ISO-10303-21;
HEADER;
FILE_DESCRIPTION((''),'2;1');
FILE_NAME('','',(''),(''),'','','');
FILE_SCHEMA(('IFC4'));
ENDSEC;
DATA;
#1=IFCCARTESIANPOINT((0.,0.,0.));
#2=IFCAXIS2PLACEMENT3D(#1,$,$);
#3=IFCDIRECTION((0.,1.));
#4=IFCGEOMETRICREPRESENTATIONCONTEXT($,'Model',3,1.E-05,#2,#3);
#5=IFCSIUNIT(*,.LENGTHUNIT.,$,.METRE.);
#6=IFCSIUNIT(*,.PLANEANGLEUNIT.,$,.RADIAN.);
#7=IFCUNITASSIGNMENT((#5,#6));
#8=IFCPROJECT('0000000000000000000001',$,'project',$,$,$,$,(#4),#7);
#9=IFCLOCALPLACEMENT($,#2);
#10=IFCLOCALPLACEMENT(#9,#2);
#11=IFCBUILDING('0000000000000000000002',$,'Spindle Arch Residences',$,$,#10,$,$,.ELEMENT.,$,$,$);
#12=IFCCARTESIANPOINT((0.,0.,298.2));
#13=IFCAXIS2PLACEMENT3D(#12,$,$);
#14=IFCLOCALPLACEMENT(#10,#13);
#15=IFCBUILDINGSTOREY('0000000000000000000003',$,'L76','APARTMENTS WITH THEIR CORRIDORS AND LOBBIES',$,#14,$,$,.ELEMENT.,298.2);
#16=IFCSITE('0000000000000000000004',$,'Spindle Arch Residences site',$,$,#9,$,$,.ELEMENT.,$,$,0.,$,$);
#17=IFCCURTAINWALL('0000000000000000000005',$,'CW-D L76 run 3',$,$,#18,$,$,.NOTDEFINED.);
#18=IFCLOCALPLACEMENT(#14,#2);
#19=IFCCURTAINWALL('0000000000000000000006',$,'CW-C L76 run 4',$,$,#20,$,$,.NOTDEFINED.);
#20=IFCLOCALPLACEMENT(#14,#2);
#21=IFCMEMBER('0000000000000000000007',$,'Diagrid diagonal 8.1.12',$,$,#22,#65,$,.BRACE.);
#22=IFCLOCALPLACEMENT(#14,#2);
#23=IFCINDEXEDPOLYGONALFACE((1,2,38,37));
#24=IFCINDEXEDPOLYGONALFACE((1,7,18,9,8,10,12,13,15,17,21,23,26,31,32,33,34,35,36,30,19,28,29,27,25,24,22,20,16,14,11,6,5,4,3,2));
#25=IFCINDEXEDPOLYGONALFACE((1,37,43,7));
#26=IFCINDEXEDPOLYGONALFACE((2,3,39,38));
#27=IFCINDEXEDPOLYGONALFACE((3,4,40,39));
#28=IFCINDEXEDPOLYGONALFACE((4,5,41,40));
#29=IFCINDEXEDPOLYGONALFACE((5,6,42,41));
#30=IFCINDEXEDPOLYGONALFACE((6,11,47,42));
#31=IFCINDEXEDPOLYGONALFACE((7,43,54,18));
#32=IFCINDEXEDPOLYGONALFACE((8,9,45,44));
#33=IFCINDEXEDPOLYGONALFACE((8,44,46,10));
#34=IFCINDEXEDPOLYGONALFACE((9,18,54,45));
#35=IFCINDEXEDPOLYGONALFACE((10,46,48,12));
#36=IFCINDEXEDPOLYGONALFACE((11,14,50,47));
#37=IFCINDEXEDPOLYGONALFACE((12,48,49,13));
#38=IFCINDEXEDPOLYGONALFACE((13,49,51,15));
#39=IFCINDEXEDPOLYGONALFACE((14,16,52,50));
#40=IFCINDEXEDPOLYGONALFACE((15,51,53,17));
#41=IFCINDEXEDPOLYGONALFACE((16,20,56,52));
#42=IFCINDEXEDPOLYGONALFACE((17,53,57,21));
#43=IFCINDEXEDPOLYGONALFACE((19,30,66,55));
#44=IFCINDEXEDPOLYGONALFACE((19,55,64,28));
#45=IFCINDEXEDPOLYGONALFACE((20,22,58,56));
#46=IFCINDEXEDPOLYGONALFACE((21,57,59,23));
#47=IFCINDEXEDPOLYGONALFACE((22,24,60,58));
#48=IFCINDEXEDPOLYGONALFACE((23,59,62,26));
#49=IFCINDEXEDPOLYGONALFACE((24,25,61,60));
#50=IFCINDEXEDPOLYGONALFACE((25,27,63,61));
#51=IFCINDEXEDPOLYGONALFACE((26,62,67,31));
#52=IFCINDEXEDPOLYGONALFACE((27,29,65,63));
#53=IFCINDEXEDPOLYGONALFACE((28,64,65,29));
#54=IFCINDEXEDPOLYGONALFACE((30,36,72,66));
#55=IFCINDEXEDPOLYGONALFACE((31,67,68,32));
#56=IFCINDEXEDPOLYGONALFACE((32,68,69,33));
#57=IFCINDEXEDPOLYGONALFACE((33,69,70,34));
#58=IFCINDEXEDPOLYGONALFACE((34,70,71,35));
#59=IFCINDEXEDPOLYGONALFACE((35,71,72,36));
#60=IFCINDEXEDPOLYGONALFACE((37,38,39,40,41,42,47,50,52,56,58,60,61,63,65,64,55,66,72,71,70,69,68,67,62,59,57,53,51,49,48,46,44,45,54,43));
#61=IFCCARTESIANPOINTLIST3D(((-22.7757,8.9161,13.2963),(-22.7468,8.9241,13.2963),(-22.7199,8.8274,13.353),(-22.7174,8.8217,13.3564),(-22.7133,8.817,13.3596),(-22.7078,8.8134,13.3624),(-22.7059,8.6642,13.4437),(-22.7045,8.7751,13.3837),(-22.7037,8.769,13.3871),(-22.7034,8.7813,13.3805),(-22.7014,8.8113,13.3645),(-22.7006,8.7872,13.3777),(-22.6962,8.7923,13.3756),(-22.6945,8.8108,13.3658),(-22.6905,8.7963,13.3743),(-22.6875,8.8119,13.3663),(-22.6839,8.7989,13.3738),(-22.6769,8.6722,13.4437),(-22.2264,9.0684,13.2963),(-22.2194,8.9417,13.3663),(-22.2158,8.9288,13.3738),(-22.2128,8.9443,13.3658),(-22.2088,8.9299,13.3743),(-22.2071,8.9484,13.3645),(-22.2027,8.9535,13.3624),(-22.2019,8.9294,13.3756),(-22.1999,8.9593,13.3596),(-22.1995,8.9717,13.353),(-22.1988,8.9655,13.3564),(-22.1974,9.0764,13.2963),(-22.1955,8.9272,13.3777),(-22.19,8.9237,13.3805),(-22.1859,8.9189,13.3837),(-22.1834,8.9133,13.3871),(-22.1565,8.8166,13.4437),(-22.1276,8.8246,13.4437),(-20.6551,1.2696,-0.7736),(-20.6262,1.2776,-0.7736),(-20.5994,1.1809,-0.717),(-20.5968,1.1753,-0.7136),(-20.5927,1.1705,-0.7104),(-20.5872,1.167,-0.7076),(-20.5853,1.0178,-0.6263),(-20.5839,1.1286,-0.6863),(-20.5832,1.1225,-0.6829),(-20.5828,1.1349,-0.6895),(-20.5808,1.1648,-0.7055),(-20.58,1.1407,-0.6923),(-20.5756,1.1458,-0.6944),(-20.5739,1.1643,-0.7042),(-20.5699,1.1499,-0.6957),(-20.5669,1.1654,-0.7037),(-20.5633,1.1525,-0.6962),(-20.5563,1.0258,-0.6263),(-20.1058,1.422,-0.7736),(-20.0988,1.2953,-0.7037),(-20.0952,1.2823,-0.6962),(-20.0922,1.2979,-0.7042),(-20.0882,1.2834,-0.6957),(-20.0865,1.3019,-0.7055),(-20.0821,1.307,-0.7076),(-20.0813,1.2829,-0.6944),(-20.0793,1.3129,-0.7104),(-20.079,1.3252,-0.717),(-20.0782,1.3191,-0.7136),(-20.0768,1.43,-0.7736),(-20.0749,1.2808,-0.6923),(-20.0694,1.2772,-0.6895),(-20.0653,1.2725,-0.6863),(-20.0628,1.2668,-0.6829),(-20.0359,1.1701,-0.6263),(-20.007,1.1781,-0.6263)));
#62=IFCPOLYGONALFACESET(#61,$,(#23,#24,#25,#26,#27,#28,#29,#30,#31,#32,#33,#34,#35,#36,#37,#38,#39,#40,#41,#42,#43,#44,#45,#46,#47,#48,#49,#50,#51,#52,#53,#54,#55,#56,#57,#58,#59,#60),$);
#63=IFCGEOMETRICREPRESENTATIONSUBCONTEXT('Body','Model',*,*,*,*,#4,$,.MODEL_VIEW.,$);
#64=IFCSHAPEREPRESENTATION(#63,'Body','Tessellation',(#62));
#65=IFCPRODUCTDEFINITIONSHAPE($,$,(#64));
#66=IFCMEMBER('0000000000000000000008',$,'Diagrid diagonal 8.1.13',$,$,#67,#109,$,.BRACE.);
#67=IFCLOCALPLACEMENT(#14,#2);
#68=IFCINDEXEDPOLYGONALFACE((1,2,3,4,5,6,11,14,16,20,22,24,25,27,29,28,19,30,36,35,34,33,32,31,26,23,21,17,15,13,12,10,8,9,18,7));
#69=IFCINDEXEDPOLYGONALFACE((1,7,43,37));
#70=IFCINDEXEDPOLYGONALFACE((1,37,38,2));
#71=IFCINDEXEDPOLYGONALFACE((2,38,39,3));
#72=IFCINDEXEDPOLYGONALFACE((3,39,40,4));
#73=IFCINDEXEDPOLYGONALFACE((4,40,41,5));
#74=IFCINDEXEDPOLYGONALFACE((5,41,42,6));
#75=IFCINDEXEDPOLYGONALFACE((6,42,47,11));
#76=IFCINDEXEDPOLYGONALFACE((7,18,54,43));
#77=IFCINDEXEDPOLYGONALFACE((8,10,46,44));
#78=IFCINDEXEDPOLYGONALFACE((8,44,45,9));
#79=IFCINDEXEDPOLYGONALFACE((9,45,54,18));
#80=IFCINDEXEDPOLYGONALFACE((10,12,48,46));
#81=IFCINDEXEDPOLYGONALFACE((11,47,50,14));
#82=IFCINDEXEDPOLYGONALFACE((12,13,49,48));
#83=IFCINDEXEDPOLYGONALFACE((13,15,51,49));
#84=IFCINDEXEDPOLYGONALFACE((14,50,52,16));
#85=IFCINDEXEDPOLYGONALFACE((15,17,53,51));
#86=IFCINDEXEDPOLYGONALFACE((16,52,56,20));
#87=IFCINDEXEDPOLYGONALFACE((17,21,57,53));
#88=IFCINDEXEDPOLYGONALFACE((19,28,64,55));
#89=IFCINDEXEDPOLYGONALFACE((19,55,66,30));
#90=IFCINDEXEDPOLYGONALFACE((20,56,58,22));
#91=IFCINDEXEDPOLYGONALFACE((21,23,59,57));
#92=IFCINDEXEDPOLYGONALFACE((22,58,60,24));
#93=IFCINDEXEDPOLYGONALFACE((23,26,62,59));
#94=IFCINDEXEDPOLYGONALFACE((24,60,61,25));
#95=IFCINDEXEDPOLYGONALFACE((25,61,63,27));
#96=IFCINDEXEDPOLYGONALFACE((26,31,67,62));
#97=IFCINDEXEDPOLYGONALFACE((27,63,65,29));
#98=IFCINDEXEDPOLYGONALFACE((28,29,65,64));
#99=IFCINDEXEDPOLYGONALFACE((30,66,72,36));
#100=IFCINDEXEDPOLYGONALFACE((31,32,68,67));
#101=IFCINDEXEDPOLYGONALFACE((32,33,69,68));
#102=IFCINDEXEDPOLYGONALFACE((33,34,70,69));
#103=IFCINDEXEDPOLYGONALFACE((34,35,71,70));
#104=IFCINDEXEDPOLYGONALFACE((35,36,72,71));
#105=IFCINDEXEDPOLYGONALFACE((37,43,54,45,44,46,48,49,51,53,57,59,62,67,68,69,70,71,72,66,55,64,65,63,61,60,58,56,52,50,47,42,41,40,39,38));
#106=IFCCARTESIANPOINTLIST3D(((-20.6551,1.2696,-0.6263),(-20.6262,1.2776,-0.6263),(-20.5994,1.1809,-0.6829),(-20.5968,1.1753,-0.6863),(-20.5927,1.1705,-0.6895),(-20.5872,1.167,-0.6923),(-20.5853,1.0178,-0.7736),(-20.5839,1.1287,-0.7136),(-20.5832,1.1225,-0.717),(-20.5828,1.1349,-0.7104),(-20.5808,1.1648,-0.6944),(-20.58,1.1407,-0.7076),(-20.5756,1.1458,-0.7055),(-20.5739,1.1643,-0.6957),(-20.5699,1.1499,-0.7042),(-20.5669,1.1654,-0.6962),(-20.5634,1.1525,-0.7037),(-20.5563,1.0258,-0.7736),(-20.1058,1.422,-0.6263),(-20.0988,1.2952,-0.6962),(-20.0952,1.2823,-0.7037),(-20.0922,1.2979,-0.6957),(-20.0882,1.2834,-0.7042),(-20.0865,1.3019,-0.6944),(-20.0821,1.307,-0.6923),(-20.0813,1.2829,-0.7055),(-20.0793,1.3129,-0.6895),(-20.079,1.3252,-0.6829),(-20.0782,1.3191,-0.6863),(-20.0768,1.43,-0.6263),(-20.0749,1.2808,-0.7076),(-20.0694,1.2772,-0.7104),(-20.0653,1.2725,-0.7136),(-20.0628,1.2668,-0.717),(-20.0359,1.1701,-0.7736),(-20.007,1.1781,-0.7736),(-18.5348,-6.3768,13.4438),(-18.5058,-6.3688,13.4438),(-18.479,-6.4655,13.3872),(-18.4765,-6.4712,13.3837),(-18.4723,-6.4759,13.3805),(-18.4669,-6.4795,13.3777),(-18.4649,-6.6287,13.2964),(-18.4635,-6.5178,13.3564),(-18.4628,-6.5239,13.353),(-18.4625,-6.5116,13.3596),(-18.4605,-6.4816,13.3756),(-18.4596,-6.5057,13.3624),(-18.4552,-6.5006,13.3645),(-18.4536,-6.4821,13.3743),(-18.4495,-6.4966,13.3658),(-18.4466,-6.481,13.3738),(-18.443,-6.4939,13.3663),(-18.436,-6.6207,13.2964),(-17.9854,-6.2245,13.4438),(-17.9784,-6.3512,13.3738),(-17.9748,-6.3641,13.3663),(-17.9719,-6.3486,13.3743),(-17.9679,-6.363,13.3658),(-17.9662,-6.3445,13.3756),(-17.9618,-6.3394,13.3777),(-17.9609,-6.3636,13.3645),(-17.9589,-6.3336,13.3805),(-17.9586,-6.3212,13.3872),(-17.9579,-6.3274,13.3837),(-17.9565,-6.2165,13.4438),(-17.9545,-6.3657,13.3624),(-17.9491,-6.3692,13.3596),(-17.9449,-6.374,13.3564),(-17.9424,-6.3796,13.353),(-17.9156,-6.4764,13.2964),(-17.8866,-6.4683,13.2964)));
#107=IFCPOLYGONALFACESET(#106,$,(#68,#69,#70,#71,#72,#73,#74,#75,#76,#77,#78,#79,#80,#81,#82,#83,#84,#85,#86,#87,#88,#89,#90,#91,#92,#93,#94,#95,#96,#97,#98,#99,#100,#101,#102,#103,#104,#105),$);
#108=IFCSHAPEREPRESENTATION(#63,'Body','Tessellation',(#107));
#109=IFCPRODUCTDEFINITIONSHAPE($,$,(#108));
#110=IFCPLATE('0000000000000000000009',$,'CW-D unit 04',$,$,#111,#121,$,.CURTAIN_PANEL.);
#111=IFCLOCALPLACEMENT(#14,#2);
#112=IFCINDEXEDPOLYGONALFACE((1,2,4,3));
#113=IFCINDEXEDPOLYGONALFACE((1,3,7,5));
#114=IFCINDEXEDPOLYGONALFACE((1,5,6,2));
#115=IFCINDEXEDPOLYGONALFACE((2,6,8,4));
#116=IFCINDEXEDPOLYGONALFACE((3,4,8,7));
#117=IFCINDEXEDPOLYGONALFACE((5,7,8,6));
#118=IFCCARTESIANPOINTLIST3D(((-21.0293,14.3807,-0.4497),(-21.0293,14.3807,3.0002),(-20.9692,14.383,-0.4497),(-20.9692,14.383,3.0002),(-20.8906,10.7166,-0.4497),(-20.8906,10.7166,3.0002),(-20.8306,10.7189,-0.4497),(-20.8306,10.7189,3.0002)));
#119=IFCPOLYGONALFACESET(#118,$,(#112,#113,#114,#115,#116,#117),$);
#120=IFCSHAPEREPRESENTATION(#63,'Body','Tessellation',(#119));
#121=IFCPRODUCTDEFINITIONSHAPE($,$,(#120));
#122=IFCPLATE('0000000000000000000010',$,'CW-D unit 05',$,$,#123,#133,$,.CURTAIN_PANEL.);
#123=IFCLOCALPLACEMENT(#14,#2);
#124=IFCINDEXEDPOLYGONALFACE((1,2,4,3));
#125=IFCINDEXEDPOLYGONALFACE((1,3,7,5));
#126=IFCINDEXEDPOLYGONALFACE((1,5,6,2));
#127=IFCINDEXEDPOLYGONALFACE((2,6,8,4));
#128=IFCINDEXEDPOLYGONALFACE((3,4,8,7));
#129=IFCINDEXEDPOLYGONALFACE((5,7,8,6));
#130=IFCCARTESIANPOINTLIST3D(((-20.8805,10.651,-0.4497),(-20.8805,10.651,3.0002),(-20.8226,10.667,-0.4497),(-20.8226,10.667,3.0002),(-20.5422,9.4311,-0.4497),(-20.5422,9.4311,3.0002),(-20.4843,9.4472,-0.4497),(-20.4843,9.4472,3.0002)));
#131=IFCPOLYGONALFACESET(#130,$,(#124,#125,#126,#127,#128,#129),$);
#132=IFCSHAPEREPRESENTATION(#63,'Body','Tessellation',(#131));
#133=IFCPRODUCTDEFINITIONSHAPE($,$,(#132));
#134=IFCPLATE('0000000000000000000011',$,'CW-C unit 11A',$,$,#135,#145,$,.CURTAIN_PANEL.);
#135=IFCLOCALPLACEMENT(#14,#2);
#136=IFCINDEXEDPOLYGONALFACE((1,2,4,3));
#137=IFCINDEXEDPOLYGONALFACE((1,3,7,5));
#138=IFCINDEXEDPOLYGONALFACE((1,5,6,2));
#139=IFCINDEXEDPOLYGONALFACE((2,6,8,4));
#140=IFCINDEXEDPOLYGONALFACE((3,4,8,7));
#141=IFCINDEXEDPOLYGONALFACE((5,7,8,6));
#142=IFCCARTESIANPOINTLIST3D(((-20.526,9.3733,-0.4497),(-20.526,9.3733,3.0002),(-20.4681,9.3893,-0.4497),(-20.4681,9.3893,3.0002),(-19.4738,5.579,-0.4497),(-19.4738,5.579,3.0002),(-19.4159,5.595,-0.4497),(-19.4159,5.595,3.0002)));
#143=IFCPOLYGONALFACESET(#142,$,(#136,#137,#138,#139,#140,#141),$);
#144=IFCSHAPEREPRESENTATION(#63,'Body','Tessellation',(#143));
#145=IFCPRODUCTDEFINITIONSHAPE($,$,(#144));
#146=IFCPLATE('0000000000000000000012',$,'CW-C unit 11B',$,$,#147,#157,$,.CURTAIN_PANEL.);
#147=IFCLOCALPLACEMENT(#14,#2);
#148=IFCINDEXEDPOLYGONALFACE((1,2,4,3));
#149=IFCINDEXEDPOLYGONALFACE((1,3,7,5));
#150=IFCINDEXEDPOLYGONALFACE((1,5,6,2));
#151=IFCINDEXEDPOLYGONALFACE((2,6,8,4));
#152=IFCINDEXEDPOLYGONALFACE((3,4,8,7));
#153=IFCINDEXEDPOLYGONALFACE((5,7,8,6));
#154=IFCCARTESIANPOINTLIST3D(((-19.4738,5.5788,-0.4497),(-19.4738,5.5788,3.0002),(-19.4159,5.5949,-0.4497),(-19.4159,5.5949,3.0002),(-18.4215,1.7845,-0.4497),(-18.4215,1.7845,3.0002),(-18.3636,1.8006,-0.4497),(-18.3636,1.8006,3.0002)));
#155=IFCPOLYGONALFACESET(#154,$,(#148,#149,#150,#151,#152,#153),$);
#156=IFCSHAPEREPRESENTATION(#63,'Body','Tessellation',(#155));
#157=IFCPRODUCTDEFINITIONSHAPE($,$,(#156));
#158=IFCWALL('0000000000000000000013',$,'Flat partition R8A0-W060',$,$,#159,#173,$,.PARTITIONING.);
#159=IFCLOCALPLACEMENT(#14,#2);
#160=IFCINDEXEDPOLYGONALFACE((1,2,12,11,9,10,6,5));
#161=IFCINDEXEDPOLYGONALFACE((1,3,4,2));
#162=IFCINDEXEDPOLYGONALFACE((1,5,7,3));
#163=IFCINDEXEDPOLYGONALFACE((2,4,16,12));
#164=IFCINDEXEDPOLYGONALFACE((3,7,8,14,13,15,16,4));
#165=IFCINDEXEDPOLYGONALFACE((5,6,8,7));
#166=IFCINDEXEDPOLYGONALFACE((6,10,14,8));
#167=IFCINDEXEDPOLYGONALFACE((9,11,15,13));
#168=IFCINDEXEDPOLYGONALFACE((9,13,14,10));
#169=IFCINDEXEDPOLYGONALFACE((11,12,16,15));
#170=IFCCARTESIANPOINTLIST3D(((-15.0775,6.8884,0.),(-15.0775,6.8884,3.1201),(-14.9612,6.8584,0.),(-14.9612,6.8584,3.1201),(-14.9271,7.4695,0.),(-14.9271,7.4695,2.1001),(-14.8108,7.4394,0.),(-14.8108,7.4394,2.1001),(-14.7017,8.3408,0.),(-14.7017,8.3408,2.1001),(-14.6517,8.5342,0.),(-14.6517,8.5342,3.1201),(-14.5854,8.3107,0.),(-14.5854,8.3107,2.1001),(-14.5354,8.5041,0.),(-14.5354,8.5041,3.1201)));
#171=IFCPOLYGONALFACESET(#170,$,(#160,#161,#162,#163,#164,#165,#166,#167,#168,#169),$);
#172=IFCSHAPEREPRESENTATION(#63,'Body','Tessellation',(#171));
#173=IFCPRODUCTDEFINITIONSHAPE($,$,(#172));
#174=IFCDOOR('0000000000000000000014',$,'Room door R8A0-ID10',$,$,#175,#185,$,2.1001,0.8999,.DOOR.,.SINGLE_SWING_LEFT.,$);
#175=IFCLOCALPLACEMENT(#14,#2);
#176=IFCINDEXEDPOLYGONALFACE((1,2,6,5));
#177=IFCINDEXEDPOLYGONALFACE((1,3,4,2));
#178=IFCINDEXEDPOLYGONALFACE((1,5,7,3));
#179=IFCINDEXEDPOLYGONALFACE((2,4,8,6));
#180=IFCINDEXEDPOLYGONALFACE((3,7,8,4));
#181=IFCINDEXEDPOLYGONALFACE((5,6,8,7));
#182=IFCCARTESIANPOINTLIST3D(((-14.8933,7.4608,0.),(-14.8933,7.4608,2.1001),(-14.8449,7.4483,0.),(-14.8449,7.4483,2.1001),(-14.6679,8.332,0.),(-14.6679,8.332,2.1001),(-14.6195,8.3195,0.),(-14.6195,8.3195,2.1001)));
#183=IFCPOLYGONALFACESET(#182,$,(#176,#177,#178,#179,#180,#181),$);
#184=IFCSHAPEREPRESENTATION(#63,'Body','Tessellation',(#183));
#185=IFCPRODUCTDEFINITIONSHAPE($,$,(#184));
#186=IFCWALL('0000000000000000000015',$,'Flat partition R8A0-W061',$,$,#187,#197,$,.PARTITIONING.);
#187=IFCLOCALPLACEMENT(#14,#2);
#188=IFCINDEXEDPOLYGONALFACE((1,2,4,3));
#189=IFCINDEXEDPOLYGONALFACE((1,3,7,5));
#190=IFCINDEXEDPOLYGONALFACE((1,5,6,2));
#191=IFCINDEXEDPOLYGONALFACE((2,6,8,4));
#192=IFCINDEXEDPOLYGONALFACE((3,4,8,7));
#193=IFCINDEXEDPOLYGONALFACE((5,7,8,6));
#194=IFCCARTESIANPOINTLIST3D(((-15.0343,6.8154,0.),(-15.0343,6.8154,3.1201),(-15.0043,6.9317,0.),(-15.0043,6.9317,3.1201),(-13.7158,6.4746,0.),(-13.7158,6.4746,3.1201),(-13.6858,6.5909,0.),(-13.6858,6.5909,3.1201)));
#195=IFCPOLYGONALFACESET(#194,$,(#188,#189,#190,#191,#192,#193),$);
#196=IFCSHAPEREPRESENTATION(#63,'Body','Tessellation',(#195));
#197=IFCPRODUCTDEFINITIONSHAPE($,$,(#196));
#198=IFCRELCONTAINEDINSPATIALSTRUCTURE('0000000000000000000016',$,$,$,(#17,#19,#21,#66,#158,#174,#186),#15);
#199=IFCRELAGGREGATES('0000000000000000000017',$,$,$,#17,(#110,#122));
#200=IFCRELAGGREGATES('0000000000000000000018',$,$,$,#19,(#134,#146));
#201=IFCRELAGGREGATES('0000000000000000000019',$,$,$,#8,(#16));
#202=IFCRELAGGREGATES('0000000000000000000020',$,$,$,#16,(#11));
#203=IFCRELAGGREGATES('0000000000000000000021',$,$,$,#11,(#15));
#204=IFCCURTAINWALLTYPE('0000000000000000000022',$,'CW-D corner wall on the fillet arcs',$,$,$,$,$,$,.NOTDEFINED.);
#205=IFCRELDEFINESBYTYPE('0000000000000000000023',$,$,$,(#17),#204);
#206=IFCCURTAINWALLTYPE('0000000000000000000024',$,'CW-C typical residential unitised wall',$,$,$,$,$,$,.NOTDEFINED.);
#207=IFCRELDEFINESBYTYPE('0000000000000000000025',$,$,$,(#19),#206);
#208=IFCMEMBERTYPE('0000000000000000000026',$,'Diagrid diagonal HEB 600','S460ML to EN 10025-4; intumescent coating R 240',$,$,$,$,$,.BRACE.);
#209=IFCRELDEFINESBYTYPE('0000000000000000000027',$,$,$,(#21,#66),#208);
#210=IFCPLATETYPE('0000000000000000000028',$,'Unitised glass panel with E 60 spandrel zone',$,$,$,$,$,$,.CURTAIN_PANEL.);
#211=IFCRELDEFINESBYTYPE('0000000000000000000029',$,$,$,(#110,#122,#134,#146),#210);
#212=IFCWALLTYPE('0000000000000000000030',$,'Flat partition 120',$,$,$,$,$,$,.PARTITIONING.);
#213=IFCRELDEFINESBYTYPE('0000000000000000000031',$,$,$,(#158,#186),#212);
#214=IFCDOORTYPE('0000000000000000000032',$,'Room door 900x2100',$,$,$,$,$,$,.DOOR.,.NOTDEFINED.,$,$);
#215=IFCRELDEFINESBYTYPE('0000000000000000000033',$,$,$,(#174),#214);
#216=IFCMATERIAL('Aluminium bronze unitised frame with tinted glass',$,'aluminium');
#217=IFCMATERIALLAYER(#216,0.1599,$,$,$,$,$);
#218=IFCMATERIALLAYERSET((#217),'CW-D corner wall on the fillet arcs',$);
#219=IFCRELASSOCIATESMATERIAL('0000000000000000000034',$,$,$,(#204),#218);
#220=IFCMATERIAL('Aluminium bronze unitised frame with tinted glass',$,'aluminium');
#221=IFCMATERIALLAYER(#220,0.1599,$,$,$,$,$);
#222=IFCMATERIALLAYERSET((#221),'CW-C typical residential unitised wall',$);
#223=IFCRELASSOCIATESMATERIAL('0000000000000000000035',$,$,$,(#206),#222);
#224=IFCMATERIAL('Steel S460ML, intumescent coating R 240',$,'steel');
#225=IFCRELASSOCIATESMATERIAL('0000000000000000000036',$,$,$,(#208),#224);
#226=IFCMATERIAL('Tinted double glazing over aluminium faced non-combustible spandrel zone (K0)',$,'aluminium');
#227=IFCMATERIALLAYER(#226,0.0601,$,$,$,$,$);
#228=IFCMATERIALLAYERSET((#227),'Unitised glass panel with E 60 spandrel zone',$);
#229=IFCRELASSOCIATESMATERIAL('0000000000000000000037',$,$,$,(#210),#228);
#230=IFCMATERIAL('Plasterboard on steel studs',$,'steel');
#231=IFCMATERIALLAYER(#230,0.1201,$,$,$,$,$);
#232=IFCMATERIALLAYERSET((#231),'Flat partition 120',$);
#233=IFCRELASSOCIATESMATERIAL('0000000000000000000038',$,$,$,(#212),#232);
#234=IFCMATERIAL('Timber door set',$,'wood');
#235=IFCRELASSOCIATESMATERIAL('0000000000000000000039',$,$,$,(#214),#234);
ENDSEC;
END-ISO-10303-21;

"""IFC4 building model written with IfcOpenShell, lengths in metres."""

from ifc_helpers import new_model, si_unit, direction, frame, frame_2d, origin, origin_2d, place, context, subcontext, project, spatial, rectangle, i_section, extrude, material, layer, layer_set, material_profile, profile_set, type_object, element, fill, aggregate, save


model = new_model("IFC4")

# Units and contexts
model_context = context("Model", 3, precision=1e-05, world=origin(), true_north=direction((0.0, 1.0)))
body_context = subcontext(model_context, "Body", "Model", "MODEL_VIEW")
ifc_project = project(units=[si_unit("LENGTHUNIT", "METRE"), si_unit("PLANEANGLEUNIT", "RADIAN")], contexts=[model_context])

# Site, building, storey
site_placement = place(None, origin())
site = spatial("IfcSite", under=ifc_project, at=site_placement, Name="Spindle Arch Residences site", CompositionType="ELEMENT", RefElevation=0.0)
building_placement = place(site_placement, origin())
building = spatial("IfcBuilding", under=site, at=building_placement, Name="Spindle Arch Residences", CompositionType="ELEMENT")
storey_placement = place(building_placement, frame((0.0, 0.0, 298.2)))
storey = spatial("IfcBuildingStorey", under=building, at=storey_placement, Name="L76", Description="APARTMENTS WITH THEIR CORRIDORS AND LOBBIES", CompositionType="ELEMENT", Elevation=298.2)

# Curtain wall
ifc_material_1 = material(Name="Aluminium bronze unitised frame with tinted glass", Category="aluminium")
ifc_layer_1 = layer(ifc_material_1, 0.1599)
ifc_layer_set_1 = layer_set([ifc_layer_1], Name="CW-D corner wall on the fillet arcs")
curtain_wall_type_1 = type_object("IfcCurtainWallType", Name="CW-D corner wall on the fillet arcs", PredefinedType="NOTDEFINED", material=ifc_layer_set_1)
curtain_wall_1_placement = place(storey_placement, origin())
curtain_wall_1 = element("IfcCurtainWall", 1, at=curtain_wall_1_placement, inside=storey, type_object=curtain_wall_type_1, Name="CW-D L76 run 3", PredefinedType="NOTDEFINED")

# Curtain wall
ifc_material_2 = material(Name="Aluminium bronze unitised frame with tinted glass", Category="aluminium")
ifc_layer_2 = layer(ifc_material_2, 0.1599)
ifc_layer_set_2 = layer_set([ifc_layer_2], Name="CW-C typical residential unitised wall")
curtain_wall_type_2 = type_object("IfcCurtainWallType", Name="CW-C typical residential unitised wall", PredefinedType="NOTDEFINED", material=ifc_layer_set_2)
curtain_wall_2_placement = place(storey_placement, origin())
curtain_wall_2 = element("IfcCurtainWall", 2, at=curtain_wall_2_placement, inside=storey, type_object=curtain_wall_type_2, Name="CW-C L76 run 4", PredefinedType="NOTDEFINED")

# Members
ifc_material_3 = material(Name="Steel S460ML, intumescent coating R 240", Category="steel")
ifc_material_profile_1 = material_profile(ifc_material_3, i_section(OverallWidth=0.3, OverallDepth=0.6001, WebThickness=0.0154, FlangeThickness=0.03, FilletRadius=0.0271, at=origin_2d()), Name="HEB 600")
ifc_profile_set_1 = profile_set([ifc_material_profile_1], Name="Steel S460ML, intumescent coating R 240")
member_type_1 = type_object("IfcMemberType", Name="Diagrid diagonal HEB 600", Description="S460ML to EN 10025-4; intumescent coating R 240", PredefinedType="BRACE", material=ifc_profile_set_1)
for number, where, z_axis, x_axis, name in (
    (3, (-20.3311, 1.2239, -0.7), (-0.131279, 0.473367, 0.871028), (0.232777, -0.839348, 0.491233), "Diagrid diagonal 8.1.12"),
    (4, (-20.3311, 1.2239, -0.7), (0.131264, -0.473368, 0.87103), (-0.232753, 0.839356, 0.49123), "Diagrid diagonal 8.1.13"),
):
    element("IfcMember", number, at=place(storey_placement, frame(where, z_axis=z_axis, x_axis=x_axis)), inside=storey, type_object=member_type_1, Name=name, PredefinedType="BRACE", context=body_context, shape_type="SweptSolid", body=[
        extrude(i_section(OverallWidth=0.3, OverallDepth=0.6001, WebThickness=0.0154, FlangeThickness=0.03, FilletRadius=0.0271, at=origin_2d()), origin(), (0.0, 0.0, 1.0), 16.1533),
    ])

# Plates
ifc_material_4 = material(Name="Tinted double glazing over aluminium faced non-combustible spandrel zone (K0)", Category="aluminium")
ifc_layer_3 = layer(ifc_material_4, 0.0601)
ifc_layer_set_3 = layer_set([ifc_layer_3], Name="Unitised glass panel with E 60 spandrel zone")
plate_type = type_object("IfcPlateType", Name="Unitised glass panel with E 60 spandrel zone", PredefinedType="CURTAIN_PANEL", material=ifc_layer_set_3)
plate_1_placement = place(storey_placement, frame((-20.9299, 12.5498, -0.4497), z_axis=(0.0, 0.0, 1.0), x_axis=(0.037806, -0.999285, 0.0)))
plate_1 = element("IfcPlate", 5, at=plate_1_placement, type_object=plate_type, Name="CW-D unit 04", PredefinedType="CURTAIN_PANEL", context=body_context, shape_type="SweptSolid", body=[
    extrude(rectangle(XDim=3.6667, YDim=0.0601, at=origin_2d()), origin(), (0.0, 0.0, 1.0), 3.45),
])
plate_2_placement = place(storey_placement, frame((-20.6824, 10.0491, -0.4497), z_axis=(0.0, 0.0, 1.0), x_axis=(0.267238, -0.96363, 0.0)))
plate_2 = element("IfcPlate", 6, at=plate_2_placement, type_object=plate_type, Name="CW-D unit 05", PredefinedType="CURTAIN_PANEL", context=body_context, shape_type="SweptSolid", body=[
    extrude(rectangle(XDim=1.2659, YDim=0.0601, at=origin_2d()), origin(), (0.0, 0.0, 1.0), 3.45),
])
aggregate(curtain_wall_1, [plate_1, plate_2])
plate_3_placement = place(storey_placement, frame((-19.9709, 7.4841, -0.4497), z_axis=(0.0, 0.0, 1.0), x_axis=(0.267238, -0.96363, 0.0)))
plate_3 = element("IfcPlate", 7, at=plate_3_placement, type_object=plate_type, Name="CW-C unit 11A", PredefinedType="CURTAIN_PANEL", context=body_context, shape_type="SweptSolid", body=[
    extrude(rectangle(XDim=3.9375, YDim=0.0601, at=origin_2d()), origin(), (0.0, 0.0, 1.0), 3.45),
])
plate_4_placement = place(storey_placement, frame((-18.9187, 3.6897, -0.4497), z_axis=(0.0, 0.0, 1.0), x_axis=(0.267238, -0.96363, 0.0)))
plate_4 = element("IfcPlate", 8, at=plate_4_placement, type_object=plate_type, Name="CW-C unit 11B", PredefinedType="CURTAIN_PANEL", context=body_context, shape_type="SweptSolid", body=[
    extrude(rectangle(XDim=3.9375, YDim=0.0601, at=origin_2d()), origin(), (0.0, 0.0, 1.0), 3.45),
])
aggregate(curtain_wall_2, [plate_3, plate_4])

# Wall, opening, door
ifc_material_5 = material(Name="Plasterboard on steel studs", Category="steel")
ifc_layer_4 = layer(ifc_material_5, 0.1201)
ifc_layer_set_4 = layer_set([ifc_layer_4], Name="Flat partition 120")
wall_type = type_object("IfcWallType", Name="Flat partition 120", PredefinedType="PARTITIONING", material=ifc_layer_set_4)
wall_1_placement = place(storey_placement, frame((-14.5935, 8.5193, 0.0), z_axis=(0.0, 0.0, 1.0), x_axis=(-0.250469, -0.968125, 0.0)))
wall_1 = element("IfcWall", 9, at=wall_1_placement, inside=storey, type_object=wall_type, Name="Flat partition R8A0-W060", PredefinedType="PARTITIONING", context=body_context, shape_type="SweptSolid", body=[
    extrude(rectangle(XDim=1.7, YDim=0.1201, at=frame_2d((0.8501, 0.0))), origin(), (0.0, 0.0, 1.0), 3.1201),
])
opening_1_placement = place(wall_1_placement, frame((0.2, 0.0, 0.0)))
opening_1 = element("IfcOpeningElement", 10, at=opening_1_placement, cuts=wall_1, PredefinedType="OPENING", context=body_context, shape_type="SweptSolid", body=[
    extrude(rectangle(XDim=0.8999, YDim=2.1001, at=frame_2d((0.45, 1.05))), frame((0.0, 0.0701, 0.0), z_axis=(0.0, -1.0, 0.0), x_axis=(1.0, 0.0, 0.0)), (0.0, 0.0, 1.0), 0.1401),
])
ifc_material_6 = material(Name="Timber door set", Category="wood")
door_type_1 = type_object("IfcDoorType", Name="Room door 900x2100", OperationType="NOTDEFINED", PredefinedType="DOOR", material=ifc_material_6)
door_1_placement = place(opening_1_placement, origin())
door_1 = element("IfcDoor", 11, at=door_1_placement, inside=storey, type_object=door_type_1, Name="Room door R8A0-ID10", OperationType="SINGLE_SWING_LEFT", OverallHeight=2.1001, OverallWidth=0.8999, PredefinedType="DOOR", context=body_context, shape_type="SweptSolid", body=[
    extrude(rectangle(XDim=0.8999, YDim=2.1001, at=frame_2d((0.45, 1.05))), frame((0.0, 0.0249, 0.0), z_axis=(0.0, -1.0, 0.0), x_axis=(1.0, 0.0, 0.0)), (0.0, 0.0, 1.0), 0.05),
])
fill(opening_1, door_1)

# Wall
wall_2_placement = place(storey_placement, frame((-15.0193, 6.8735, 0.0), z_axis=(0.0, 0.0, 1.0), x_axis=(0.968182, -0.250247, 0.0)))
element("IfcWall", 12, at=wall_2_placement, inside=storey, type_object=wall_type, Name="Flat partition R8A0-W061", PredefinedType="PARTITIONING", context=body_context, shape_type="SweptSolid", body=[
    extrude(rectangle(XDim=1.3618, YDim=0.1201, at=frame_2d((0.6809, 0.0))), origin(), (0.0, 0.0, 1.0), 3.1201),
])

save(model, "model.ifc")
